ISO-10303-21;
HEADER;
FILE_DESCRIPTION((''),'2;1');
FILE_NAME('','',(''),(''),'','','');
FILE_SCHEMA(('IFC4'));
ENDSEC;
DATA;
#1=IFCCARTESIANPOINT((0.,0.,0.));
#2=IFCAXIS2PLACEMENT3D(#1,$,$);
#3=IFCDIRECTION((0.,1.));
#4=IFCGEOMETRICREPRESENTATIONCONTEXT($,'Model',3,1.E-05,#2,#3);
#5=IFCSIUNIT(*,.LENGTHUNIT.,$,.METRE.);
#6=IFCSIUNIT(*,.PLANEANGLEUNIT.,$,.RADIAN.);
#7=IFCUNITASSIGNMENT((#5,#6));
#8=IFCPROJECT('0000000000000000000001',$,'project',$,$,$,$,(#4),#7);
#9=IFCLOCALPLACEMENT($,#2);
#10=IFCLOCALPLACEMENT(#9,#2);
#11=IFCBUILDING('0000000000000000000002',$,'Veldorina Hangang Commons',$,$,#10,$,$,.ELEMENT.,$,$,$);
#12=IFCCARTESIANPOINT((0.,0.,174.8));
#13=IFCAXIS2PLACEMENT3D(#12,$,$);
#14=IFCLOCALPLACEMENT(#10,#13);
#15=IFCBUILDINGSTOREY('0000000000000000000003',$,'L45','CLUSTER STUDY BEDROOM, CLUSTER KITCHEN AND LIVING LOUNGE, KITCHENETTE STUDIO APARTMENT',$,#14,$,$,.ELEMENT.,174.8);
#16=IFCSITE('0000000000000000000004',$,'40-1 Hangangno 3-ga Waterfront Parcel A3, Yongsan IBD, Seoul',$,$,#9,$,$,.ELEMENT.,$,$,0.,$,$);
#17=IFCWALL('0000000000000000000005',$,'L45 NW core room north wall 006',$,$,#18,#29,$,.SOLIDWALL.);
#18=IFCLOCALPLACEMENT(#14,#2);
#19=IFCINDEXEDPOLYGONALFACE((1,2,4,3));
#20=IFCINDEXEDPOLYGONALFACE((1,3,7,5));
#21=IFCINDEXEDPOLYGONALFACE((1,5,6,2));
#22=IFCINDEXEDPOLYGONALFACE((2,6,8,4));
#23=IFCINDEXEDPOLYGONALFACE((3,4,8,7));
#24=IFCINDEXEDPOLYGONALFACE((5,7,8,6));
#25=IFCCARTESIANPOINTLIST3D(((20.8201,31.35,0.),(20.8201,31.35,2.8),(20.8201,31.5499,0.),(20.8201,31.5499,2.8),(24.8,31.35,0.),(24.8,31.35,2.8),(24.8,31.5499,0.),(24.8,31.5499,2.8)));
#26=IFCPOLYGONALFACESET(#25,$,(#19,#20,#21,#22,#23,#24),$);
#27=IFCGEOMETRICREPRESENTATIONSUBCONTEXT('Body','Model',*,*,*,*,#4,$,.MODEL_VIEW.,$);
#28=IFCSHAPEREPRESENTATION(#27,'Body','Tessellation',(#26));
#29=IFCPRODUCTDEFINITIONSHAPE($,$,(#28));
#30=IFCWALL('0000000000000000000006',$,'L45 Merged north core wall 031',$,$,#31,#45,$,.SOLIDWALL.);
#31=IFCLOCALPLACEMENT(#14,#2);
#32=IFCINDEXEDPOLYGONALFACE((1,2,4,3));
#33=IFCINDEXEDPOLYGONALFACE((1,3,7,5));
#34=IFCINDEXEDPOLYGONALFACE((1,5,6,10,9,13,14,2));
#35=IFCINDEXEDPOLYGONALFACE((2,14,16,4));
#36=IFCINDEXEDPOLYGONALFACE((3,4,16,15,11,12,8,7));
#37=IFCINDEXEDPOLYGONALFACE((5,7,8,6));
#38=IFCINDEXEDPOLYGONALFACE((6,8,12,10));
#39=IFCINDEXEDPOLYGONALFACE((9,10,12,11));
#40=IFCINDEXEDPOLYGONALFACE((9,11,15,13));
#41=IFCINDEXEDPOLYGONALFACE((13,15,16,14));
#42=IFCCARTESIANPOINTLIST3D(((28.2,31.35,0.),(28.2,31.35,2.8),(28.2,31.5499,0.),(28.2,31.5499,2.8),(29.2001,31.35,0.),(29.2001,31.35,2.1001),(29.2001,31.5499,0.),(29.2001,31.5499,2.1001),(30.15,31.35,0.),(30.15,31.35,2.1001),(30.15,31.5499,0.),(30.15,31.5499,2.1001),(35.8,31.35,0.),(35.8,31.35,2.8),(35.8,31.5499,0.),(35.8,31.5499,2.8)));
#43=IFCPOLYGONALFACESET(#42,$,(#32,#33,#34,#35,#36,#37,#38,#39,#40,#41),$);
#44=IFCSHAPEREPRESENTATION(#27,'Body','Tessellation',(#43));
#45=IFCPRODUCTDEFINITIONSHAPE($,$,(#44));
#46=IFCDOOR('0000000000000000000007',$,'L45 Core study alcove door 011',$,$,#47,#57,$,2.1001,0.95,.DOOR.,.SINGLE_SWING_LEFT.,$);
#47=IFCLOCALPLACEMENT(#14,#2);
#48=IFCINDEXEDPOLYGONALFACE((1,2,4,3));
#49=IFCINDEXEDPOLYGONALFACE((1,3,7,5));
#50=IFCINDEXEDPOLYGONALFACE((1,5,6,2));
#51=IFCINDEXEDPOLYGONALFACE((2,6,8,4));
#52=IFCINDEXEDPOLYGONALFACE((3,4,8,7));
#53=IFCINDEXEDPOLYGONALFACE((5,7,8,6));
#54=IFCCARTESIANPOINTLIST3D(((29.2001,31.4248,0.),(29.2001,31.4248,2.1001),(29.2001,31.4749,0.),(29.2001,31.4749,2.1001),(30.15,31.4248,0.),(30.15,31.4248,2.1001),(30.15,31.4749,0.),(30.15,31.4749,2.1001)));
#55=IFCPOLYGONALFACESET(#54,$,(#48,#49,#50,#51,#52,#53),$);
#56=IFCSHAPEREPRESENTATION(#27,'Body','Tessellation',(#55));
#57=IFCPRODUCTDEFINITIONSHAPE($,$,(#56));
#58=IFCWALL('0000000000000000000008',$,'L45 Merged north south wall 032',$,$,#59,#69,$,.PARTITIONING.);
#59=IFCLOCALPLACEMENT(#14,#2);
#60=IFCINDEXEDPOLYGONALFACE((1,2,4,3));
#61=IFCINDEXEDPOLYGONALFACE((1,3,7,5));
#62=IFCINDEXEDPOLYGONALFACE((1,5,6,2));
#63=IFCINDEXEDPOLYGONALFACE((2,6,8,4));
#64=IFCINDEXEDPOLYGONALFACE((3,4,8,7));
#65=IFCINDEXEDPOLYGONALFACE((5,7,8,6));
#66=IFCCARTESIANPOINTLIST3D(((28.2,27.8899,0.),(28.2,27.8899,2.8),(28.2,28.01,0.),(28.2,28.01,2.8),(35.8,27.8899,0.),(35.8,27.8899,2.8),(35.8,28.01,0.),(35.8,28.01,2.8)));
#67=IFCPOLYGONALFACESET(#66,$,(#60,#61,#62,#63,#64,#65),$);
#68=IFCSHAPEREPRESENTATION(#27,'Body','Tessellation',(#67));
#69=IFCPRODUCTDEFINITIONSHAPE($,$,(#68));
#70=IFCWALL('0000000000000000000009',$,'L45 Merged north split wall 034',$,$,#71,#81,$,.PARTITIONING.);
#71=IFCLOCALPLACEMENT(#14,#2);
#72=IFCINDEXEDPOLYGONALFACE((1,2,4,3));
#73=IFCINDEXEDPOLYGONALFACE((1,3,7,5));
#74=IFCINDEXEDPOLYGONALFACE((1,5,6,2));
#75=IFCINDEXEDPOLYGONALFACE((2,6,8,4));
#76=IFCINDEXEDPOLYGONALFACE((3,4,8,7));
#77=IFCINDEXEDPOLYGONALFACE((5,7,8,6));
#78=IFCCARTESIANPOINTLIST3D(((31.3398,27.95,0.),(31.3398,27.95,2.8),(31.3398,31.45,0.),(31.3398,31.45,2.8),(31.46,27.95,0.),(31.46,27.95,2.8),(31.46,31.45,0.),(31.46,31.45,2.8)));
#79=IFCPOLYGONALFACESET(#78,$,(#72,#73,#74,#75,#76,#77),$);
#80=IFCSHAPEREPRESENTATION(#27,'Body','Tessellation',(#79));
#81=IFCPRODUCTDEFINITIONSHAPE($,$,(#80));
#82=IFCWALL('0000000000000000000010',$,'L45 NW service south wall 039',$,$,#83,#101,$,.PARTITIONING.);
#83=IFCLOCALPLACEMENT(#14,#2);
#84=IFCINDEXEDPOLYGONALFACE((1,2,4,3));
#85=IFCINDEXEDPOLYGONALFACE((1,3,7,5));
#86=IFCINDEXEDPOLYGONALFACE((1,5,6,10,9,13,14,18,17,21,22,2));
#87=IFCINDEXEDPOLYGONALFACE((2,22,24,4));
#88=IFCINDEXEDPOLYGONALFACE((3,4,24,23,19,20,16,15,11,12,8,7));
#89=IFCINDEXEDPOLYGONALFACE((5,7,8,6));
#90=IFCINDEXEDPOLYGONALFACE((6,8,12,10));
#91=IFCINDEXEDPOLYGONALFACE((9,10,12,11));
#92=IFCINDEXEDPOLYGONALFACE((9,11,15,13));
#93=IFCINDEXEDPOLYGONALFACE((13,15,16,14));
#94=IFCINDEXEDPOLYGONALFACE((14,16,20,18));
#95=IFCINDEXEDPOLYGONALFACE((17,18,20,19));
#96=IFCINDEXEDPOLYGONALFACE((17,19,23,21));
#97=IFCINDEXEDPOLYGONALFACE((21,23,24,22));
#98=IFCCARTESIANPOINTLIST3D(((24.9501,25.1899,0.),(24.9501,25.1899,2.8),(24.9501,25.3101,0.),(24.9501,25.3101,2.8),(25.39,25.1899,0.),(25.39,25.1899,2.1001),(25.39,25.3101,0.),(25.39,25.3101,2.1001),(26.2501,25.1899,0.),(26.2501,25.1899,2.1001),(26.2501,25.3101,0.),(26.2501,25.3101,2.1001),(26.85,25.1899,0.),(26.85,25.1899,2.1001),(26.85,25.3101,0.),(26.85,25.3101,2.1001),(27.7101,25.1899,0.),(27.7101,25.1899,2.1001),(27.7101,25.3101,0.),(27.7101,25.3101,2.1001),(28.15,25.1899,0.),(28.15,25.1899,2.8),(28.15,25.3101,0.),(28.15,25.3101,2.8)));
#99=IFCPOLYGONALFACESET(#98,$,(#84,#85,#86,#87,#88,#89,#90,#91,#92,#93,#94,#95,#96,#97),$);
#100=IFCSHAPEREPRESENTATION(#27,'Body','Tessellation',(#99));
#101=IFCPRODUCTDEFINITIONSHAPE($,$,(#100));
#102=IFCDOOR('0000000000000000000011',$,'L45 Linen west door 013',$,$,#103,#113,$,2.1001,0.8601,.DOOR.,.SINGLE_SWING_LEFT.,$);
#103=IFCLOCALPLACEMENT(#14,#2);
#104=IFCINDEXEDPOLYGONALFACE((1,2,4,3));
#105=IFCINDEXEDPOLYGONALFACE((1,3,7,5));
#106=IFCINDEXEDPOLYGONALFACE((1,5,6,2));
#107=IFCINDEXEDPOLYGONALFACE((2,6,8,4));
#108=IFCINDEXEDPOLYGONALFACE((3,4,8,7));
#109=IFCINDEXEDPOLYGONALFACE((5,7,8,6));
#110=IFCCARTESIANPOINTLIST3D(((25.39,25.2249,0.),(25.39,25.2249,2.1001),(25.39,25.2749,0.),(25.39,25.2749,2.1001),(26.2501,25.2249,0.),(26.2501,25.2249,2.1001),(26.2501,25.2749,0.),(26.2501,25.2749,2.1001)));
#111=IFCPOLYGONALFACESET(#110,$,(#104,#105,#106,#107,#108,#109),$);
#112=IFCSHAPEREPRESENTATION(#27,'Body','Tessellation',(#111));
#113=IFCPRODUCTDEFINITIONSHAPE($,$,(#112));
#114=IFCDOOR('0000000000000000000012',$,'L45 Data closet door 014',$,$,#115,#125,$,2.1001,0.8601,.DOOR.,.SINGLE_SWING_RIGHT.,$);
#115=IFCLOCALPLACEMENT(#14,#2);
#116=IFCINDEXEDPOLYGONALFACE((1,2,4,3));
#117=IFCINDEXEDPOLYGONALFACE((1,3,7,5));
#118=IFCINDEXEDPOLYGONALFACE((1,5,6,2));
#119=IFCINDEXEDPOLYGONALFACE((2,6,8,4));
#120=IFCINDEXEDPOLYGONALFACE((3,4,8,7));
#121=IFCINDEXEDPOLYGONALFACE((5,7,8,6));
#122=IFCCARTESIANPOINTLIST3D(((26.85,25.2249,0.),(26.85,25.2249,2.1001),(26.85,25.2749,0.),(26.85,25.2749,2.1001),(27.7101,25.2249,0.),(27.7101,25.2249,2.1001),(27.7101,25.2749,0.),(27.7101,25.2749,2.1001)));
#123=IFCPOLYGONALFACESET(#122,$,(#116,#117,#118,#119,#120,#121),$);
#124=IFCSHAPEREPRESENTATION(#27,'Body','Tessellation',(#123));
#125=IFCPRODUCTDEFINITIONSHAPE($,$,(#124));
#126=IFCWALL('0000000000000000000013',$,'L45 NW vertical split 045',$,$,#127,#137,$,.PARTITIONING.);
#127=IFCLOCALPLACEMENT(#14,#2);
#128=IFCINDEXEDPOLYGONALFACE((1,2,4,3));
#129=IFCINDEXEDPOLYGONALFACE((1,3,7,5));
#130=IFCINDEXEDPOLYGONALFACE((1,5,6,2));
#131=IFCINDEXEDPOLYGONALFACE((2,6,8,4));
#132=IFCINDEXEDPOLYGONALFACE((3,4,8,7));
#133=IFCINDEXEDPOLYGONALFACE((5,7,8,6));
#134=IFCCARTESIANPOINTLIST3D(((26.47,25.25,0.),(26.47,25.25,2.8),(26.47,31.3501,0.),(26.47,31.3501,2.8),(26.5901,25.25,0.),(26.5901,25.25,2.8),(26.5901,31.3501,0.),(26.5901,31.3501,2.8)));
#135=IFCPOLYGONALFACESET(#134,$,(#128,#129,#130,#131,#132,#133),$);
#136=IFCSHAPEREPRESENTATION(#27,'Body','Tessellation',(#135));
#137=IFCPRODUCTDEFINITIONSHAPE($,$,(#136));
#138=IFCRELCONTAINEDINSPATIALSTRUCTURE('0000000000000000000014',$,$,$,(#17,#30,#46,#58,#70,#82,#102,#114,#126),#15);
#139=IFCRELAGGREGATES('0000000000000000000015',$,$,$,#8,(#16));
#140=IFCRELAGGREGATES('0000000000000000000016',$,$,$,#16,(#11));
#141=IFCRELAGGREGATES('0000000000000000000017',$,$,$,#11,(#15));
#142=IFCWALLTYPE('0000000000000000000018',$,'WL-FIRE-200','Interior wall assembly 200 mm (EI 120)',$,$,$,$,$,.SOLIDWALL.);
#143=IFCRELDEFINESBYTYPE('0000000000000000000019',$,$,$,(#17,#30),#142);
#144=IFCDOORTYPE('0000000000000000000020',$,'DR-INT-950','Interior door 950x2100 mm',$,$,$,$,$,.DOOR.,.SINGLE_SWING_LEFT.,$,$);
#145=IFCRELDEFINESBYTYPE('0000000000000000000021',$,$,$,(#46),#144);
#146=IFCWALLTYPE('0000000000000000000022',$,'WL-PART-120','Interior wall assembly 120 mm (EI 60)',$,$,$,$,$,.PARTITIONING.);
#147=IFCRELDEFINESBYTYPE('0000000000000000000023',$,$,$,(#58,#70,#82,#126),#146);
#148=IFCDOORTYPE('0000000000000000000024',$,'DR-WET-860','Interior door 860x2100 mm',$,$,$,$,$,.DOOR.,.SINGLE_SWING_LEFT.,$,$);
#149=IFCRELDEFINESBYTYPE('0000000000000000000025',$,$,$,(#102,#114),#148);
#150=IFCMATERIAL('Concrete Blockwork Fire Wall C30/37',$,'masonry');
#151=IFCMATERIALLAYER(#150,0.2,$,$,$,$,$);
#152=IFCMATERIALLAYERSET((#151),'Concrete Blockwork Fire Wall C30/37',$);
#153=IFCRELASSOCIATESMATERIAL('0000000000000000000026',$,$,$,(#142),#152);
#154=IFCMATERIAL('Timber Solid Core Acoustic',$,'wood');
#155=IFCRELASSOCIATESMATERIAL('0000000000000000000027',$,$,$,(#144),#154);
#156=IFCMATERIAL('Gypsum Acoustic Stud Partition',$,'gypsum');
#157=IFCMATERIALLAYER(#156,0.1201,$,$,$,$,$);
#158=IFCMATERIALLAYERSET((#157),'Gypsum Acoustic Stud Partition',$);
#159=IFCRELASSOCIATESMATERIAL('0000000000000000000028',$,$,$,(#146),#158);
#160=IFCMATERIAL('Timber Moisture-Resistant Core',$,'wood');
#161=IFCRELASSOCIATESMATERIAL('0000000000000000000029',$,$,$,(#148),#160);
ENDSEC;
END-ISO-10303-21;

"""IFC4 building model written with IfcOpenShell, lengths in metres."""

from ifc_helpers import new_model, si_unit, direction, frame, frame_2d, origin, place, context, subcontext, project, spatial, rectangle, extrude, material, layer, layer_set, type_object, element, fill, save


model = new_model("IFC4")

# Units and contexts
model_context = context("Model", 3, precision=1e-05, world=origin(), true_north=direction((0.0, 1.0)))
body_context = subcontext(model_context, "Body", "Model", "MODEL_VIEW")
ifc_project = project(units=[si_unit("LENGTHUNIT", "METRE"), si_unit("PLANEANGLEUNIT", "RADIAN")], contexts=[model_context])

# Site, building, storey
site_placement = place(None, origin())
site = spatial("IfcSite", under=ifc_project, at=site_placement, Name="40-1 Hangangno 3-ga Waterfront Parcel A3, Yongsan IBD, Seoul", CompositionType="ELEMENT", RefElevation=0.0)
building_placement = place(site_placement, origin())
building = spatial("IfcBuilding", under=site, at=building_placement, Name="Veldorina Hangang Commons", CompositionType="ELEMENT")
storey_placement = place(building_placement, frame((0.0, 0.0, 174.8)))
storey = spatial("IfcBuildingStorey", under=building, at=storey_placement, Name="L45", Description="CLUSTER STUDY BEDROOM, CLUSTER KITCHEN AND LIVING LOUNGE, KITCHENETTE STUDIO APARTMENT", CompositionType="ELEMENT", Elevation=174.8)

# Shared definitions
ifc_material_1 = material(Name="Concrete Blockwork Fire Wall C30/37", Category="masonry")
ifc_layer_1 = layer(ifc_material_1, 0.2)
ifc_layer_set_1 = layer_set([ifc_layer_1], Name="Concrete Blockwork Fire Wall C30/37")
wall_type_1 = type_object("IfcWallType", Name="WL-FIRE-200", Description="Interior wall assembly 200 mm (EI 120)", PredefinedType="SOLIDWALL", material=ifc_layer_set_1)

# Wall
wall_1_placement = place(storey_placement, frame((20.8201, 31.45, 0.0), z_axis=(0.0, 0.0, 1.0), x_axis=(1.0, 0.0, 0.0)))
element("IfcWall", 1, at=wall_1_placement, inside=storey, type_object=wall_type_1, Name="L45 NW core room north wall 006", PredefinedType="SOLIDWALL", context=body_context, shape_type="SweptSolid", body=[
    extrude(rectangle(XDim=3.98, YDim=0.2, at=frame_2d((1.99, 0.0))), origin(), (0.0, 0.0, 1.0), 2.8),
])

# Wall, opening, door
wall_2_placement = place(storey_placement, frame((28.2, 31.45, 0.0), z_axis=(0.0, 0.0, 1.0), x_axis=(1.0, 0.0, 0.0)))
wall_2 = element("IfcWall", 2, at=wall_2_placement, inside=storey, type_object=wall_type_1, Name="L45 Merged north core wall 031", PredefinedType="SOLIDWALL", context=body_context, shape_type="SweptSolid", body=[
    extrude(rectangle(XDim=7.6001, YDim=0.2, at=frame_2d((3.8, 0.0))), origin(), (0.0, 0.0, 1.0), 2.8),
])
opening_1_placement = place(wall_2_placement, frame((1.0, 0.0, 0.0)))
opening_1 = element("IfcOpeningElement", 3, at=opening_1_placement, cuts=wall_2, PredefinedType="OPENING", context=body_context, shape_type="SweptSolid", body=[
    extrude(rectangle(XDim=0.95, YDim=2.1001, at=frame_2d((0.4751, 1.05))), frame((0.0, 0.1099, 0.0), z_axis=(0.0, -1.0, 0.0), x_axis=(1.0, 0.0, 0.0)), (0.0, 0.0, 1.0), 0.22),
])
ifc_material_2 = material(Name="Timber Solid Core Acoustic", Category="wood")
door_type_1 = type_object("IfcDoorType", Name="DR-INT-950", Description="Interior door 950x2100 mm", OperationType="SINGLE_SWING_LEFT", PredefinedType="DOOR", material=ifc_material_2)
door_1_placement = place(opening_1_placement, origin())
door_1 = element("IfcDoor", 4, at=door_1_placement, inside=storey, type_object=door_type_1, Name="L45 Core study alcove door 011", OperationType="SINGLE_SWING_LEFT", OverallHeight=2.1001, OverallWidth=0.95, PredefinedType="DOOR", context=body_context, shape_type="SweptSolid", body=[
    extrude(rectangle(XDim=0.95, YDim=2.1001, at=frame_2d((0.4751, 1.05))), frame((0.0, 0.0249, 0.0), z_axis=(0.0, -1.0, 0.0), x_axis=(1.0, 0.0, 0.0)), (0.0, 0.0, 1.0), 0.05),
])
fill(opening_1, door_1)

# Walls
ifc_material_3 = material(Name="Gypsum Acoustic Stud Partition", Category="gypsum")
ifc_layer_2 = layer(ifc_material_3, 0.1201)
ifc_layer_set_2 = layer_set([ifc_layer_2], Name="Gypsum Acoustic Stud Partition")
wall_type_2 = type_object("IfcWallType", Name="WL-PART-120", Description="Interior wall assembly 120 mm (EI 60)", PredefinedType="PARTITIONING", material=ifc_layer_set_2)
wall_3_placement = place(storey_placement, frame((28.2, 27.95, 0.0), z_axis=(0.0, 0.0, 1.0), x_axis=(1.0, 0.0, 0.0)))
element("IfcWall", 5, at=wall_3_placement, inside=storey, type_object=wall_type_2, Name="L45 Merged north south wall 032", PredefinedType="PARTITIONING", context=body_context, shape_type="SweptSolid", body=[
    extrude(rectangle(XDim=7.6001, YDim=0.1201, at=frame_2d((3.8, 0.0))), origin(), (0.0, 0.0, 1.0), 2.8),
])
wall_4_placement = place(storey_placement, frame((31.3999, 27.95, 0.0), z_axis=(0.0, 0.0, 1.0), x_axis=(0.0, 1.0, 0.0)))
element("IfcWall", 6, at=wall_4_placement, inside=storey, type_object=wall_type_2, Name="L45 Merged north split wall 034", PredefinedType="PARTITIONING", context=body_context, shape_type="SweptSolid", body=[
    extrude(rectangle(XDim=3.5, YDim=0.1201, at=frame_2d((1.75, 0.0))), origin(), (0.0, 0.0, 1.0), 2.8),
])

# Wall, openings, doors
wall_5_placement = place(storey_placement, frame((24.95, 25.25, 0.0), z_axis=(0.0, 0.0, 1.0), x_axis=(1.0, 0.0, 0.0)))
wall_5 = element("IfcWall", 7, at=wall_5_placement, inside=storey, type_object=wall_type_2, Name="L45 NW service south wall 039", PredefinedType="PARTITIONING", context=body_context, shape_type="SweptSolid", body=[
    extrude(rectangle(XDim=3.2, YDim=0.1201, at=frame_2d((1.6001, 0.0))), origin(), (0.0, 0.0, 1.0), 2.8),
])
opening_2_placement = place(wall_5_placement, frame((0.4399, 0.0, 0.0)))
opening_2 = element("IfcOpeningElement", 8, at=opening_2_placement, cuts=wall_5, PredefinedType="OPENING", context=body_context, shape_type="SweptSolid", body=[
    extrude(rectangle(XDim=0.8601, YDim=2.1001, at=frame_2d((0.4302, 1.05))), frame((0.0, 0.0701, 0.0), z_axis=(0.0, -1.0, 0.0), x_axis=(1.0, 0.0, 0.0)), (0.0, 0.0, 1.0), 0.1401),
])
opening_3_placement = place(wall_5_placement, frame((1.8999, 0.0, 0.0)))
opening_3 = element("IfcOpeningElement", 9, at=opening_3_placement, cuts=wall_5, PredefinedType="OPENING", context=body_context, shape_type="SweptSolid", body=[
    extrude(rectangle(XDim=0.8601, YDim=2.1001, at=frame_2d((0.4302, 1.05))), frame((0.0, 0.0701, 0.0), z_axis=(0.0, -1.0, 0.0), x_axis=(1.0, 0.0, 0.0)), (0.0, 0.0, 1.0), 0.1401),
])
ifc_material_4 = material(Name="Timber Moisture-Resistant Core", Category="wood")
door_type_2 = type_object("IfcDoorType", Name="DR-WET-860", Description="Interior door 860x2100 mm", OperationType="SINGLE_SWING_LEFT", PredefinedType="DOOR", material=ifc_material_4)
door_2_placement = place(opening_2_placement, origin())
door_2 = element("IfcDoor", 10, at=door_2_placement, inside=storey, type_object=door_type_2, Name="L45 Linen west door 013", OperationType="SINGLE_SWING_LEFT", OverallHeight=2.1001, OverallWidth=0.8601, PredefinedType="DOOR", context=body_context, shape_type="SweptSolid", body=[
    extrude(rectangle(XDim=0.8601, YDim=2.1001, at=frame_2d((0.4302, 1.05))), frame((0.0, 0.0249, 0.0), z_axis=(0.0, -1.0, 0.0), x_axis=(1.0, 0.0, 0.0)), (0.0, 0.0, 1.0), 0.05),
])
fill(opening_2, door_2)
door_3_placement = place(opening_3_placement, origin())
door_3 = element("IfcDoor", 11, at=door_3_placement, inside=storey, type_object=door_type_2, Name="L45 Data closet door 014", OperationType="SINGLE_SWING_RIGHT", OverallHeight=2.1001, OverallWidth=0.8601, PredefinedType="DOOR", context=body_context, shape_type="SweptSolid", body=[
    extrude(rectangle(XDim=0.8601, YDim=2.1001, at=frame_2d((0.4302, 1.05))), frame((0.0, 0.0249, 0.0), z_axis=(0.0, -1.0, 0.0), x_axis=(1.0, 0.0, 0.0)), (0.0, 0.0, 1.0), 0.05),
])
fill(opening_3, door_3)

# Wall
wall_6_placement = place(storey_placement, frame((26.53, 25.25, 0.0), z_axis=(0.0, 0.0, 1.0), x_axis=(0.0, 1.0, 0.0)))
element("IfcWall", 12, at=wall_6_placement, inside=storey, type_object=wall_type_2, Name="L45 NW vertical split 045", PredefinedType="PARTITIONING", context=body_context, shape_type="SweptSolid", body=[
    extrude(rectangle(XDim=6.1001, YDim=0.1201, at=frame_2d((3.05, 0.0))), origin(), (0.0, 0.0, 1.0), 2.8),
])

save(model, "model.ifc")
